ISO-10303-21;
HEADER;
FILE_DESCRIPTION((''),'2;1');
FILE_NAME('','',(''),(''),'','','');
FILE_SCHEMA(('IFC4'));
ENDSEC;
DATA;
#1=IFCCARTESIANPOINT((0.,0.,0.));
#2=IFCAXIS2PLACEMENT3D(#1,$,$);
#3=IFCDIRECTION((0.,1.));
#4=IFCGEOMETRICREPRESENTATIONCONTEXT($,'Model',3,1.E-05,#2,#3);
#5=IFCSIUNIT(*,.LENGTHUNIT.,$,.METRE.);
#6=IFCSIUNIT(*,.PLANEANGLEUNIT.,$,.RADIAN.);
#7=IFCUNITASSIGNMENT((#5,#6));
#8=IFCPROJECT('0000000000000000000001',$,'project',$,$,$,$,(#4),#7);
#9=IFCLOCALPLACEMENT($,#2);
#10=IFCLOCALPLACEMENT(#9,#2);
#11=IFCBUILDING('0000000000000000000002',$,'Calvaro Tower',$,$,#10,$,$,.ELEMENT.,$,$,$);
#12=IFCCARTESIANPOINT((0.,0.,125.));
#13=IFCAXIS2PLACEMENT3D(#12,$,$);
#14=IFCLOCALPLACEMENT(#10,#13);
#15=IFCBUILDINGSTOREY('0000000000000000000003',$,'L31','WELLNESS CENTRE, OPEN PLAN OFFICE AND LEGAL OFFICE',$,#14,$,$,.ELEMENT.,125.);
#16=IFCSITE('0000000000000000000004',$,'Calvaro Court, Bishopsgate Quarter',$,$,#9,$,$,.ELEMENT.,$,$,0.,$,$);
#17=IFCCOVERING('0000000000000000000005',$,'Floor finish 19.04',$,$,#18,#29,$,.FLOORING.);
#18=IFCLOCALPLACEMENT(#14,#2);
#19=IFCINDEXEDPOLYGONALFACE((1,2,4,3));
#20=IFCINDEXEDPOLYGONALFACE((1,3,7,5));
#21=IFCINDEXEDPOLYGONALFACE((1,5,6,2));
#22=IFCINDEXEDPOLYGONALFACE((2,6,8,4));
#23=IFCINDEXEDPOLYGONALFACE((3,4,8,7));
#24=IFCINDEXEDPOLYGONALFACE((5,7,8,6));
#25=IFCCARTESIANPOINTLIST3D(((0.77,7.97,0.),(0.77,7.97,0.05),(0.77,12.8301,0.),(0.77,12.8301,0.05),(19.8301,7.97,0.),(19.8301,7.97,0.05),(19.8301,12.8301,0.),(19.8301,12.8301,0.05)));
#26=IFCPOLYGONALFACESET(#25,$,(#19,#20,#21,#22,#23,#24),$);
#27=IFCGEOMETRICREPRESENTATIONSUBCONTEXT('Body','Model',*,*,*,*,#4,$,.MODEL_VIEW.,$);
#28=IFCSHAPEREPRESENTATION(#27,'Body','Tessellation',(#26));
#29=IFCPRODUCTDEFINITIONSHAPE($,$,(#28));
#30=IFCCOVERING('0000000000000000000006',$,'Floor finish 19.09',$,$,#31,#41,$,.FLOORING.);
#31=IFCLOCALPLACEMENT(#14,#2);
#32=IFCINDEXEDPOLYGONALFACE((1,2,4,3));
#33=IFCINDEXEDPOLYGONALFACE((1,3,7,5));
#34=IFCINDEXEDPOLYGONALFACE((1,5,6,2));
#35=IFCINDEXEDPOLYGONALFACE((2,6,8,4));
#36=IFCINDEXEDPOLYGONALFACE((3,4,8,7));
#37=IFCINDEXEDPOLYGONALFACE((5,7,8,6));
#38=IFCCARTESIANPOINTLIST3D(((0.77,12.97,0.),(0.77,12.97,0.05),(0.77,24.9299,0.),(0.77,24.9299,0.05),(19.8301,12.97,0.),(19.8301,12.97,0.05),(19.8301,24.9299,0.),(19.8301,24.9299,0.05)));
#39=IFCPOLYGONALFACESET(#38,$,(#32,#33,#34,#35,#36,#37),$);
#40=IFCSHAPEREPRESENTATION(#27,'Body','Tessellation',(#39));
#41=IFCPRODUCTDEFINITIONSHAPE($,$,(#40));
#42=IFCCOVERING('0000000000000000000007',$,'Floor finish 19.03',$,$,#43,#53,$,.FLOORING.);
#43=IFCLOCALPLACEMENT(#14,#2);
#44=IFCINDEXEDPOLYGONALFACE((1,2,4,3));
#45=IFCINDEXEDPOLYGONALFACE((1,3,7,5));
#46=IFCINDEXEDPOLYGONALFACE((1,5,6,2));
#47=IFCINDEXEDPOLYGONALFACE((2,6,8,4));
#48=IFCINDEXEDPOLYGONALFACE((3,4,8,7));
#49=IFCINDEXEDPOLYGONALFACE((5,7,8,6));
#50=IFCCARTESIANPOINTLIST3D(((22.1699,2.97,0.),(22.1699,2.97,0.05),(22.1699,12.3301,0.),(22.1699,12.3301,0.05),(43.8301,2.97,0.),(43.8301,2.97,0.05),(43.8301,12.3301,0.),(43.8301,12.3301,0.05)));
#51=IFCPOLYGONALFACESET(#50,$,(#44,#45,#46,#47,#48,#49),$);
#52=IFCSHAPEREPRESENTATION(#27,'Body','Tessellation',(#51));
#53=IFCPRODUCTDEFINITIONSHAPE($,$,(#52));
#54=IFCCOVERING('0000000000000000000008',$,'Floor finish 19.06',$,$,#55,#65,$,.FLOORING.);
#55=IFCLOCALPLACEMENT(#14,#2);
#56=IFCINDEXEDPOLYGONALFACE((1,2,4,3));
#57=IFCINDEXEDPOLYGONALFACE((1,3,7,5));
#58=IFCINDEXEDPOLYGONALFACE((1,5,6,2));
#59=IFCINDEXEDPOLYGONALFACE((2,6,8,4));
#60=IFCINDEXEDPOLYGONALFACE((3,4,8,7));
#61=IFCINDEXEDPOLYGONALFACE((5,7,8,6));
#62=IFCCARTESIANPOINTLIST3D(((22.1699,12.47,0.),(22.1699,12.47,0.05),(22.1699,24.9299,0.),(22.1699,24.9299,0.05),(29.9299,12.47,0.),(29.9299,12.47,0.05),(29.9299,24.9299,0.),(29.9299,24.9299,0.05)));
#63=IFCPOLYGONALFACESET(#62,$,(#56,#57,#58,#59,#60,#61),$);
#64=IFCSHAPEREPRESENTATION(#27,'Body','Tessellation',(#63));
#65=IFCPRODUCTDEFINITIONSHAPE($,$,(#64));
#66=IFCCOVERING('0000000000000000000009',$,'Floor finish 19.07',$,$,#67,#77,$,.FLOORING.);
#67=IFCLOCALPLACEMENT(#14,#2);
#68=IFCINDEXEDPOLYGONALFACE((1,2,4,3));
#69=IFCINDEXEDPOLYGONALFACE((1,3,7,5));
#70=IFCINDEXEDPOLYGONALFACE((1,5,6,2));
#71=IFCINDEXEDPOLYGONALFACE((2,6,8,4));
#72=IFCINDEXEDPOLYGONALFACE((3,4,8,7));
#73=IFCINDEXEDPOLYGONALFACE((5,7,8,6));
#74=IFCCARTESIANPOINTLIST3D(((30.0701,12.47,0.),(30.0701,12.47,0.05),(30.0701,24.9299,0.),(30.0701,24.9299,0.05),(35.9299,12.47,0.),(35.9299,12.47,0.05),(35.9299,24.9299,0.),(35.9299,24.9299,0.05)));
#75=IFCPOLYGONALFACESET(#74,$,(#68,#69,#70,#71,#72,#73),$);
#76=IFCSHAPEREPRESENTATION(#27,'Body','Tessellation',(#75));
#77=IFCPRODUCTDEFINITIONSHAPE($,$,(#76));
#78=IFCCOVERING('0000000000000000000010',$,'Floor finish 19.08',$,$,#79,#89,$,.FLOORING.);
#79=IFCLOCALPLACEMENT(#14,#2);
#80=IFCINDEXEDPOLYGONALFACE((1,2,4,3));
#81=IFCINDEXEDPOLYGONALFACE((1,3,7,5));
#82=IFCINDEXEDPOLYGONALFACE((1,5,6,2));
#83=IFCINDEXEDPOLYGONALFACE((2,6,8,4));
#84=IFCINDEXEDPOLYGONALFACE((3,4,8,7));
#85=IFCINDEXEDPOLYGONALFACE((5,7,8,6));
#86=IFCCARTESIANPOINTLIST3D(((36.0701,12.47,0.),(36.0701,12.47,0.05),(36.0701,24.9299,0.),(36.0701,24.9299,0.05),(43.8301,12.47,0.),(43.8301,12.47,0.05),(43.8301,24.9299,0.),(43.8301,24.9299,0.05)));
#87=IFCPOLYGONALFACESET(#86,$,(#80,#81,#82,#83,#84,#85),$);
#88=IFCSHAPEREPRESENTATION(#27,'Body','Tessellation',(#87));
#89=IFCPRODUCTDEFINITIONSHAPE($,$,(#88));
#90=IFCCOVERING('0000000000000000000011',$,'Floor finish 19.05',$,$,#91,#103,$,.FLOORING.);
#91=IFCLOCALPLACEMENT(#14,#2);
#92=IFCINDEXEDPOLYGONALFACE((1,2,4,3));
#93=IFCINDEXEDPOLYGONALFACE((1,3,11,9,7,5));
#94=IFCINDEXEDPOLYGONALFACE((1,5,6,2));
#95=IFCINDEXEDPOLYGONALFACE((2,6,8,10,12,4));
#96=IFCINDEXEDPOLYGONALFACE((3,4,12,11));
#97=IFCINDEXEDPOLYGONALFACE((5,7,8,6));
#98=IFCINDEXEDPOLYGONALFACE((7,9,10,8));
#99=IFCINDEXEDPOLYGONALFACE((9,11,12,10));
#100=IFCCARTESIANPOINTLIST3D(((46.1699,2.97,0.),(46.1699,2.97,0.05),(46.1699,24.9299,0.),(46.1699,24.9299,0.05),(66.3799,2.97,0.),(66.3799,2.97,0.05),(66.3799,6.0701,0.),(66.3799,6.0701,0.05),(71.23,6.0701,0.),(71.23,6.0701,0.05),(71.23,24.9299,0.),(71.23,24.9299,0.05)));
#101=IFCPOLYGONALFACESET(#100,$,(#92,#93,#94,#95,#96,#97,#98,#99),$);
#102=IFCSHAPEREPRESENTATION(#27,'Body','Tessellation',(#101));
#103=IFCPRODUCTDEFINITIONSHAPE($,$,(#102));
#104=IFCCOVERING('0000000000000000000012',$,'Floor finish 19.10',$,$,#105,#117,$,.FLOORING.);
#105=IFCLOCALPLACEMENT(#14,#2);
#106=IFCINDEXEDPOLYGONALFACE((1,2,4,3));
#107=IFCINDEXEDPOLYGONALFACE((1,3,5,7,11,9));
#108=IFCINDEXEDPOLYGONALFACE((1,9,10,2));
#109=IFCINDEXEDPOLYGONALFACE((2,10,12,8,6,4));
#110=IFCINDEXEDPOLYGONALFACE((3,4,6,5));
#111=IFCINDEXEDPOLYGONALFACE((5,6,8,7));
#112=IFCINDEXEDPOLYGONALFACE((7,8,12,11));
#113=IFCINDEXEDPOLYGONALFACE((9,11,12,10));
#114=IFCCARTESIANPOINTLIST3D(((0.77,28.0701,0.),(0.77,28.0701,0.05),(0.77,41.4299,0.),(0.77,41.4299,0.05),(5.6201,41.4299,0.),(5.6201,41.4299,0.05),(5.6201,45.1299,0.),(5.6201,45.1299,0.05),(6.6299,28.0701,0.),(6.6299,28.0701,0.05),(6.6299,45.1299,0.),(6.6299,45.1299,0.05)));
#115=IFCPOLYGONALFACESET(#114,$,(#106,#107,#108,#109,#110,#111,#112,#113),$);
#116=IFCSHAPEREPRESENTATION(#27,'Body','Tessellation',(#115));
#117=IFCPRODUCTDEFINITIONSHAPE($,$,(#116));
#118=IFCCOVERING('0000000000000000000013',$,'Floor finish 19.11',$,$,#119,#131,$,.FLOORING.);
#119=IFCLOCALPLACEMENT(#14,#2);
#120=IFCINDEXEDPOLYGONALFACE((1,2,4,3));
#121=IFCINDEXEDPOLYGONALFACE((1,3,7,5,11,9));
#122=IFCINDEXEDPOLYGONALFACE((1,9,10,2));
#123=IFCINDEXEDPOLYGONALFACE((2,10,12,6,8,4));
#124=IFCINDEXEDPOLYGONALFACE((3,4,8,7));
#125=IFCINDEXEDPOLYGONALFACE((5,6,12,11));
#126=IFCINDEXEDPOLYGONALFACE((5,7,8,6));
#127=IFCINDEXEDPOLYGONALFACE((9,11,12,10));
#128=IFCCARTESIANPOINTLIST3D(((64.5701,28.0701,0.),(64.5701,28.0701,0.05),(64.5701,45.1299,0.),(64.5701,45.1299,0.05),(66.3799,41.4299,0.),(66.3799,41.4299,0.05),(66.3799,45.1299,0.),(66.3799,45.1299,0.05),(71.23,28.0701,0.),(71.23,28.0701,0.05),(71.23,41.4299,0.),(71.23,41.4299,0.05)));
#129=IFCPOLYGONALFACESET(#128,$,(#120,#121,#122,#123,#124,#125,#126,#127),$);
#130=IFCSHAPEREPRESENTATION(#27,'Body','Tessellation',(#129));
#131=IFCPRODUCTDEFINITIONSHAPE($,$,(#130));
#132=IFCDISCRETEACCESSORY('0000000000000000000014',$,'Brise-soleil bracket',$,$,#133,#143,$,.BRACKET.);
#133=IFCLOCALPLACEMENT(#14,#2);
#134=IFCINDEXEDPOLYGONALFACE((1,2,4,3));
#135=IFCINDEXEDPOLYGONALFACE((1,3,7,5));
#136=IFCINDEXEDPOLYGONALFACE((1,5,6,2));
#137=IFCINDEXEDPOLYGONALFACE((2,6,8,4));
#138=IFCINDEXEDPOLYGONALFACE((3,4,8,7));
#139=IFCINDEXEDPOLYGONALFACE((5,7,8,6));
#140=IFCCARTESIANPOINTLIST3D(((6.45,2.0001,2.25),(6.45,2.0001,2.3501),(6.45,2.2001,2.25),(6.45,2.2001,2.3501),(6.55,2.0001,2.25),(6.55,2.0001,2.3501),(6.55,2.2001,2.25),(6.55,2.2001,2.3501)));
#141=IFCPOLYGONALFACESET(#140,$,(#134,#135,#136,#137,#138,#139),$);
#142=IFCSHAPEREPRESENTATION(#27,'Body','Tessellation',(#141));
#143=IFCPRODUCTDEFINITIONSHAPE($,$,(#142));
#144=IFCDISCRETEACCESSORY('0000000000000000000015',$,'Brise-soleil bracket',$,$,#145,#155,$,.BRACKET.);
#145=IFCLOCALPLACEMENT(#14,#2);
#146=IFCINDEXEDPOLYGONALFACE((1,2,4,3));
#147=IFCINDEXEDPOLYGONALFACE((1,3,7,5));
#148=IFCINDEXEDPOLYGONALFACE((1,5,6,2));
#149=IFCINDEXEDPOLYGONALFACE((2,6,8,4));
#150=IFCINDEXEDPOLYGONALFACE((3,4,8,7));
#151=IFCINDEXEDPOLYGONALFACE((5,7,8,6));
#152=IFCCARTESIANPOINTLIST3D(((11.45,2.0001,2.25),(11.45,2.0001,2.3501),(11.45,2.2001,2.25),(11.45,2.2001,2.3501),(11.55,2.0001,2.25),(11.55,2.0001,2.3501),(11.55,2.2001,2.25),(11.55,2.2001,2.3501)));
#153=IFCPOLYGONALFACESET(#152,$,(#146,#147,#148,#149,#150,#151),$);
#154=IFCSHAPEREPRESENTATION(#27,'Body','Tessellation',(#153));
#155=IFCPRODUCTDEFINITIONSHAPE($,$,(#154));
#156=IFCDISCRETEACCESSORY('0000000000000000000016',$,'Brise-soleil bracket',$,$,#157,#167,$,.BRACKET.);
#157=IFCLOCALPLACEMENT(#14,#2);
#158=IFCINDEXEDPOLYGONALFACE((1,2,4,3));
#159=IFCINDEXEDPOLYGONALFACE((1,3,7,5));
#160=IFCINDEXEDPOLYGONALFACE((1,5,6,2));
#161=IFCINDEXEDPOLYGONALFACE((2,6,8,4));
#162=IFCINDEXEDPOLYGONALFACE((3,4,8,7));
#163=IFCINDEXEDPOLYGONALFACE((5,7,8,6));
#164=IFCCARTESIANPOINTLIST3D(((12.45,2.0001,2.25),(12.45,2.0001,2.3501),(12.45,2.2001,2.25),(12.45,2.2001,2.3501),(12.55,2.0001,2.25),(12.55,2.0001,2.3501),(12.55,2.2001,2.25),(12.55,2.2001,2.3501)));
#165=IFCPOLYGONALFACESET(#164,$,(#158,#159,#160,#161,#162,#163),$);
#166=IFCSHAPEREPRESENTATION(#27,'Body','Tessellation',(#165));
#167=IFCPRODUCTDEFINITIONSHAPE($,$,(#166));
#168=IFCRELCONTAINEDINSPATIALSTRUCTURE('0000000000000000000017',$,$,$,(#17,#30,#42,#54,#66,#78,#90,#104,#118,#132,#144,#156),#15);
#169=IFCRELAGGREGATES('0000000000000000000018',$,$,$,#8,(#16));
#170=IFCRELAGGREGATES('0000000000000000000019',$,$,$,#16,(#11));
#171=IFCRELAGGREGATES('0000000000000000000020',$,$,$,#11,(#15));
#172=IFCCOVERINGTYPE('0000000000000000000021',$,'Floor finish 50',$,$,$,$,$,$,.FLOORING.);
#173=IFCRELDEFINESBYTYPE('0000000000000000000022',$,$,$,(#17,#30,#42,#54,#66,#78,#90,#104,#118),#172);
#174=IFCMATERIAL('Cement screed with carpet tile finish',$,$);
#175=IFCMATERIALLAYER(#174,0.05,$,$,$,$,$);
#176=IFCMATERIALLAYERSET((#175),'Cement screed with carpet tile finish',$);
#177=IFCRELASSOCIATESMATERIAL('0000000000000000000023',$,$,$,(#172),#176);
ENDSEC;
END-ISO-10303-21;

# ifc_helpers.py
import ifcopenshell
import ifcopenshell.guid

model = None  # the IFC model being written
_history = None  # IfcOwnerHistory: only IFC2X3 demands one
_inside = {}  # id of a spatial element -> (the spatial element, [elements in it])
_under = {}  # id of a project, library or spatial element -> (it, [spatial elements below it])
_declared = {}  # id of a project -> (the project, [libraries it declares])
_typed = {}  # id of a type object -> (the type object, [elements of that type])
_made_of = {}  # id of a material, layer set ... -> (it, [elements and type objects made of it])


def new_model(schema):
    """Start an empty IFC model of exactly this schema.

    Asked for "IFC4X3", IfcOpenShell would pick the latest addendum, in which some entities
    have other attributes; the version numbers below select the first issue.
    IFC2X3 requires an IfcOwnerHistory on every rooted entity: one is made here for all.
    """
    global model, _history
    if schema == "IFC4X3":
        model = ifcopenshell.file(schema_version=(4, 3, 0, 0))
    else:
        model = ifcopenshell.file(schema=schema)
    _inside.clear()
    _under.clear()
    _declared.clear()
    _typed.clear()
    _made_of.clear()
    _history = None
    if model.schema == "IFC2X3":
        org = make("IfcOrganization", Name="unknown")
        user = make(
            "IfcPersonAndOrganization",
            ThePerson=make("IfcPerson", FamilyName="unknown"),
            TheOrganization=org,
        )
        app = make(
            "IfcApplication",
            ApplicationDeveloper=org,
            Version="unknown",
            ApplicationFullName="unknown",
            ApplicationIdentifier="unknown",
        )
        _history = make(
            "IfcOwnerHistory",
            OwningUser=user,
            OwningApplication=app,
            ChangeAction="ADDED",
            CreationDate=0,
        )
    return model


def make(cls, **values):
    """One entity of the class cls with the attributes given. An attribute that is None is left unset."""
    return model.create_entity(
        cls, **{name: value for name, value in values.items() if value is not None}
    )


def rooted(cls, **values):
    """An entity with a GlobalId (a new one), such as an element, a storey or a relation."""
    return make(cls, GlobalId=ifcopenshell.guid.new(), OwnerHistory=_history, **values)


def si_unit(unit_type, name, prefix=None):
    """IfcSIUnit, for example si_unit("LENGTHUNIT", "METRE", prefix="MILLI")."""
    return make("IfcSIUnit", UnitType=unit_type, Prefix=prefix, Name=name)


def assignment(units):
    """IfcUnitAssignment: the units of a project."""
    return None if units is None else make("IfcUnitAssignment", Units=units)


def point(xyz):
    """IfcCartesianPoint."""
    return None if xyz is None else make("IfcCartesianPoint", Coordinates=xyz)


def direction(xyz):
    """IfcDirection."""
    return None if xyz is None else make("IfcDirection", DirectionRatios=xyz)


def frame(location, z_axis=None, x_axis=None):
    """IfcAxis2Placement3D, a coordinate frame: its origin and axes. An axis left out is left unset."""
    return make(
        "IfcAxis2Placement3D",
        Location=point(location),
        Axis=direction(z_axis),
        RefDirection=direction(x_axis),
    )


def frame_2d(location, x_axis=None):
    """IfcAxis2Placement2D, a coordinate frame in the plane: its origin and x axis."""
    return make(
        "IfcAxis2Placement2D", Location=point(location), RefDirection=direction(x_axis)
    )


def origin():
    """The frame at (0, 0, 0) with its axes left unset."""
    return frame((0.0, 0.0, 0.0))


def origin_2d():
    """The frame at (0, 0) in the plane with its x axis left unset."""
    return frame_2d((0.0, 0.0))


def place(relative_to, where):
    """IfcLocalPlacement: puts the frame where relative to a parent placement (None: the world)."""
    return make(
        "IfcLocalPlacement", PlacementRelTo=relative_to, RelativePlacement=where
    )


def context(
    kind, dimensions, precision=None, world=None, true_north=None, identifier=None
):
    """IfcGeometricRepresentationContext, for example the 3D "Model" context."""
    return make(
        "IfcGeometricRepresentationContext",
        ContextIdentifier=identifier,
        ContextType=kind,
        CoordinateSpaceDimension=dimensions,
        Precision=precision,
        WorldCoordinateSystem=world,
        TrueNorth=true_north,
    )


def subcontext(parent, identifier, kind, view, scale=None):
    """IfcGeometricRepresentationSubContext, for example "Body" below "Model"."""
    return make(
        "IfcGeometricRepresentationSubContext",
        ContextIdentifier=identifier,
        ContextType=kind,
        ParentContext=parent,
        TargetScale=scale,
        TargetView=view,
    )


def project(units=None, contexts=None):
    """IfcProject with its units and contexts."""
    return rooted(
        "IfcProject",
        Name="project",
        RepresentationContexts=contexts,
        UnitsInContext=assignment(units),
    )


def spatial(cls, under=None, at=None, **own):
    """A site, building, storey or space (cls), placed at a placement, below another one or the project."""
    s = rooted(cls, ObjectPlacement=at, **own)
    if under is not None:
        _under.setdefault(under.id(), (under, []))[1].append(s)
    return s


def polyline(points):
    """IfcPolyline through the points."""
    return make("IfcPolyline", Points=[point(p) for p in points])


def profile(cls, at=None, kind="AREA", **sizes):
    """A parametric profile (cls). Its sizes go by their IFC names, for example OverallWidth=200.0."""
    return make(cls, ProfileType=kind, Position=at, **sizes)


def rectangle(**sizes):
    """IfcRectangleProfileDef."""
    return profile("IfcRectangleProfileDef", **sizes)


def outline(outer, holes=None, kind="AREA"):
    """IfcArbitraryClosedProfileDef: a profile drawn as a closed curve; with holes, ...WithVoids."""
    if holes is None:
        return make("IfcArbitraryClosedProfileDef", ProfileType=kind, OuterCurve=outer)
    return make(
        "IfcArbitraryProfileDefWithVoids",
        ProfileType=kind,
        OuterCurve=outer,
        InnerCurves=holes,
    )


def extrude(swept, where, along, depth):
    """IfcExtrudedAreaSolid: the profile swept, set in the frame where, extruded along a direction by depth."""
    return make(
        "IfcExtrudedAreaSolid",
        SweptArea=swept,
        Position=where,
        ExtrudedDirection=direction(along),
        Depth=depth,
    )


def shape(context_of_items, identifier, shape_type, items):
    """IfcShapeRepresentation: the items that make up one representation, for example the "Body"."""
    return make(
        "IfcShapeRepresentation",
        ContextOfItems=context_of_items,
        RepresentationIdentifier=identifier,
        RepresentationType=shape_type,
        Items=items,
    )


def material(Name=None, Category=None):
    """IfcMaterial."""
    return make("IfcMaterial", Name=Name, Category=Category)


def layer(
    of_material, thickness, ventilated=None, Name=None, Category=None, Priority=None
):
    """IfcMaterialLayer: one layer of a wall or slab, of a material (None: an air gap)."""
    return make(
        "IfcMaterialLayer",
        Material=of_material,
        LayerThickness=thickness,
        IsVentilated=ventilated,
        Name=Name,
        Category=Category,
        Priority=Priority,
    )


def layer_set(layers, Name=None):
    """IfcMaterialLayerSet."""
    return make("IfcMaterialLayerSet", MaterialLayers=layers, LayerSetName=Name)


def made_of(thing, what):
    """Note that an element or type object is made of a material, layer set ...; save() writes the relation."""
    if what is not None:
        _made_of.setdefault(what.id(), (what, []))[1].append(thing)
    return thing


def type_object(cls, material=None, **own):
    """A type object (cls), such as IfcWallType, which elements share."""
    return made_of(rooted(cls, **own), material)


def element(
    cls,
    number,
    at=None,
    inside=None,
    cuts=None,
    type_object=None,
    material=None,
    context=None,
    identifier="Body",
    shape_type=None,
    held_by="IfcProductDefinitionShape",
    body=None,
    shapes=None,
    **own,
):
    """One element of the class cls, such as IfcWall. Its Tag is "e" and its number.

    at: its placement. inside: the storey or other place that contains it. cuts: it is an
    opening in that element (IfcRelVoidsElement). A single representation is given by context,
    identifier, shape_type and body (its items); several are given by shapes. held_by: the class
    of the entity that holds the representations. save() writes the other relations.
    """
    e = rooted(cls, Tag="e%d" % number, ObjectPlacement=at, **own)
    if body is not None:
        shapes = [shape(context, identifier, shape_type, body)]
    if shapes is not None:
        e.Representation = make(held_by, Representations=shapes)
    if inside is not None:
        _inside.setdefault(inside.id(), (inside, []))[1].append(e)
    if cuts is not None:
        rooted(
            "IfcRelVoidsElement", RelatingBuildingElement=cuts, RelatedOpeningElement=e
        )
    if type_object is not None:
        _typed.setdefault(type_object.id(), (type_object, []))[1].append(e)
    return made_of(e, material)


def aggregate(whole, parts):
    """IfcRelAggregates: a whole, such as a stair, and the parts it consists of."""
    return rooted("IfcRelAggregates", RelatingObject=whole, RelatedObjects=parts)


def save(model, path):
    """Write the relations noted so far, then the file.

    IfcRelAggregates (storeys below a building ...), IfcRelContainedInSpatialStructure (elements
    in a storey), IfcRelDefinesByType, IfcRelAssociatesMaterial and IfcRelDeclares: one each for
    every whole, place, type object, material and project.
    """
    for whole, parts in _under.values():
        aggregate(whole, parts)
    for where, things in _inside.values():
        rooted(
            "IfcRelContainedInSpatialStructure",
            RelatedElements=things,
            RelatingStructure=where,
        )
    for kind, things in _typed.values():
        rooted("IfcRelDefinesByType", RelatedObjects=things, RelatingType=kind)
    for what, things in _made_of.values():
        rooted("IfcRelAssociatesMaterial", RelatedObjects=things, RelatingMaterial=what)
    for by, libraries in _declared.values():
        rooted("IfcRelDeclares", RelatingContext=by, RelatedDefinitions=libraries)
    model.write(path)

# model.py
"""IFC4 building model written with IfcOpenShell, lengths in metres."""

from ifc_helpers import new_model, si_unit, direction, frame, origin, origin_2d, place, context, subcontext, project, spatial, polyline, rectangle, outline, extrude, material, layer, layer_set, type_object, element, save


model = new_model("IFC4")

# Units and contexts
model_context = context("Model", 3, precision=1e-05, world=origin(), true_north=direction((0.0, 1.0)))
body_context = subcontext(model_context, "Body", "Model", "MODEL_VIEW")
ifc_project = project(units=[si_unit("LENGTHUNIT", "METRE"), si_unit("PLANEANGLEUNIT", "RADIAN")], contexts=[model_context])

# Site, building, storey
site_placement = place(None, origin())
site = spatial("IfcSite", under=ifc_project, at=site_placement, Name="Calvaro Court, Bishopsgate Quarter", CompositionType="ELEMENT", RefElevation=0.0)
building_placement = place(site_placement, origin())
building = spatial("IfcBuilding", under=site, at=building_placement, Name="Calvaro Tower", CompositionType="ELEMENT")
storey_placement = place(building_placement, frame((0.0, 0.0, 125.0)))
storey = spatial("IfcBuildingStorey", under=building, at=storey_placement, Name="L31", Description="WELLNESS CENTRE, OPEN PLAN OFFICE AND LEGAL OFFICE", CompositionType="ELEMENT", Elevation=125.0)

# Coverings
ifc_material_1 = material(Name="Cement screed with carpet tile finish")
ifc_layer_1 = layer(ifc_material_1, 0.05)
ifc_layer_set_1 = layer_set([ifc_layer_1], Name="Cement screed with carpet tile finish")
covering_type = type_object("IfcCoveringType", Name="Floor finish 50", PredefinedType="FLOORING", material=ifc_layer_set_1)
covering_1_placement = place(storey_placement, origin())
element("IfcCovering", 1, at=covering_1_placement, inside=storey, type_object=covering_type, Name="Floor finish 19.04", PredefinedType="FLOORING", context=body_context, shape_type="SweptSolid", body=[
    extrude(outline(polyline([(19.8301, 12.8301), (19.8301, 7.97), (0.77, 7.97), (0.77, 12.8301), (19.8301, 12.8301)])), origin(), (0.0, 0.0, 1.0), 0.05),
])
covering_2_placement = place(storey_placement, origin())
element("IfcCovering", 2, at=covering_2_placement, inside=storey, type_object=covering_type, Name="Floor finish 19.09", PredefinedType="FLOORING", context=body_context, shape_type="SweptSolid", body=[
    extrude(outline(polyline([(19.8301, 24.9299), (19.8301, 12.97), (0.77, 12.97), (0.77, 24.9299), (19.8301, 24.9299)])), origin(), (0.0, 0.0, 1.0), 0.05),
])
covering_3_placement = place(storey_placement, origin())
element("IfcCovering", 3, at=covering_3_placement, inside=storey, type_object=covering_type, Name="Floor finish 19.03", PredefinedType="FLOORING", context=body_context, shape_type="SweptSolid", body=[
    extrude(outline(polyline([(22.1699, 12.3301), (43.8301, 12.3301), (43.8301, 2.97), (22.1699, 2.97), (22.1699, 12.3301)])), origin(), (0.0, 0.0, 1.0), 0.05),
])
covering_4_placement = place(storey_placement, origin())
element("IfcCovering", 4, at=covering_4_placement, inside=storey, type_object=covering_type, Name="Floor finish 19.06", PredefinedType="FLOORING", context=body_context, shape_type="SweptSolid", body=[
    extrude(outline(polyline([(22.1699, 12.47), (22.1699, 24.9299), (29.9299, 24.9299), (29.9299, 12.47), (22.1699, 12.47)])), origin(), (0.0, 0.0, 1.0), 0.05),
])
covering_5_placement = place(storey_placement, origin())
element("IfcCovering", 5, at=covering_5_placement, inside=storey, type_object=covering_type, Name="Floor finish 19.07", PredefinedType="FLOORING", context=body_context, shape_type="SweptSolid", body=[
    extrude(outline(polyline([(30.0701, 12.47), (30.0701, 24.9299), (35.9299, 24.9299), (35.9299, 12.47), (30.0701, 12.47)])), origin(), (0.0, 0.0, 1.0), 0.05),
])
covering_6_placement = place(storey_placement, origin())
element("IfcCovering", 6, at=covering_6_placement, inside=storey, type_object=covering_type, Name="Floor finish 19.08", PredefinedType="FLOORING", context=body_context, shape_type="SweptSolid", body=[
    extrude(outline(polyline([(36.0701, 12.47), (36.0701, 24.9299), (43.8301, 24.9299), (43.8301, 12.47), (36.0701, 12.47)])), origin(), (0.0, 0.0, 1.0), 0.05),
])
covering_7_placement = place(storey_placement, origin())
element("IfcCovering", 7, at=covering_7_placement, inside=storey, type_object=covering_type, Name="Floor finish 19.05", PredefinedType="FLOORING", context=body_context, shape_type="SweptSolid", body=[
    extrude(outline(polyline([(71.23, 6.0701), (66.3799, 6.0701), (66.3799, 2.97), (46.1699, 2.97), (46.1699, 24.9299), (71.23, 24.9299), (71.23, 6.0701)])), origin(), (0.0, 0.0, 1.0), 0.05),
])
covering_8_placement = place(storey_placement, origin())
element("IfcCovering", 8, at=covering_8_placement, inside=storey, type_object=covering_type, Name="Floor finish 19.10", PredefinedType="FLOORING", context=body_context, shape_type="SweptSolid", body=[
    extrude(outline(polyline([(6.6299, 28.0701), (0.77, 28.0701), (0.77, 41.4299), (5.6201, 41.4299), (5.6201, 45.1299), (6.6299, 45.1299), (6.6299, 28.0701)])), origin(), (0.0, 0.0, 1.0), 0.05),
])
covering_9_placement = place(storey_placement, origin())
element("IfcCovering", 9, at=covering_9_placement, inside=storey, type_object=covering_type, Name="Floor finish 19.11", PredefinedType="FLOORING", context=body_context, shape_type="SweptSolid", body=[
    extrude(outline(polyline([(71.23, 28.0701), (64.5701, 28.0701), (64.5701, 45.1299), (66.3799, 45.1299), (66.3799, 41.4299), (71.23, 41.4299), (71.23, 28.0701)])), origin(), (0.0, 0.0, 1.0), 0.05),
])

# Discrete accessories
for number, where, z_axis, x_axis, name in (
    (10, (6.5, 2.1001, 2.25), (0.0, 0.0, 1.0), (1.0, 0.0, 0.0), "Brise-soleil bracket"),
    (11, (11.5, 2.1001, 2.25), (0.0, 0.0, 1.0), (1.0, 0.0, 0.0), "Brise-soleil bracket"),
    (12, (12.5, 2.1001, 2.25), (0.0, 0.0, 1.0), (1.0, 0.0, 0.0), "Brise-soleil bracket"),
):
    element("IfcDiscreteAccessory", number, at=place(storey_placement, frame(where, z_axis=z_axis, x_axis=x_axis)), inside=storey, Name=name, PredefinedType="BRACKET", context=body_context, shape_type="SweptSolid", body=[
        extrude(rectangle(XDim=0.1001, YDim=0.2, at=origin_2d()), origin(), (0.0, 0.0, 1.0), 0.1001),
    ])

save(model, "model.ifc")
